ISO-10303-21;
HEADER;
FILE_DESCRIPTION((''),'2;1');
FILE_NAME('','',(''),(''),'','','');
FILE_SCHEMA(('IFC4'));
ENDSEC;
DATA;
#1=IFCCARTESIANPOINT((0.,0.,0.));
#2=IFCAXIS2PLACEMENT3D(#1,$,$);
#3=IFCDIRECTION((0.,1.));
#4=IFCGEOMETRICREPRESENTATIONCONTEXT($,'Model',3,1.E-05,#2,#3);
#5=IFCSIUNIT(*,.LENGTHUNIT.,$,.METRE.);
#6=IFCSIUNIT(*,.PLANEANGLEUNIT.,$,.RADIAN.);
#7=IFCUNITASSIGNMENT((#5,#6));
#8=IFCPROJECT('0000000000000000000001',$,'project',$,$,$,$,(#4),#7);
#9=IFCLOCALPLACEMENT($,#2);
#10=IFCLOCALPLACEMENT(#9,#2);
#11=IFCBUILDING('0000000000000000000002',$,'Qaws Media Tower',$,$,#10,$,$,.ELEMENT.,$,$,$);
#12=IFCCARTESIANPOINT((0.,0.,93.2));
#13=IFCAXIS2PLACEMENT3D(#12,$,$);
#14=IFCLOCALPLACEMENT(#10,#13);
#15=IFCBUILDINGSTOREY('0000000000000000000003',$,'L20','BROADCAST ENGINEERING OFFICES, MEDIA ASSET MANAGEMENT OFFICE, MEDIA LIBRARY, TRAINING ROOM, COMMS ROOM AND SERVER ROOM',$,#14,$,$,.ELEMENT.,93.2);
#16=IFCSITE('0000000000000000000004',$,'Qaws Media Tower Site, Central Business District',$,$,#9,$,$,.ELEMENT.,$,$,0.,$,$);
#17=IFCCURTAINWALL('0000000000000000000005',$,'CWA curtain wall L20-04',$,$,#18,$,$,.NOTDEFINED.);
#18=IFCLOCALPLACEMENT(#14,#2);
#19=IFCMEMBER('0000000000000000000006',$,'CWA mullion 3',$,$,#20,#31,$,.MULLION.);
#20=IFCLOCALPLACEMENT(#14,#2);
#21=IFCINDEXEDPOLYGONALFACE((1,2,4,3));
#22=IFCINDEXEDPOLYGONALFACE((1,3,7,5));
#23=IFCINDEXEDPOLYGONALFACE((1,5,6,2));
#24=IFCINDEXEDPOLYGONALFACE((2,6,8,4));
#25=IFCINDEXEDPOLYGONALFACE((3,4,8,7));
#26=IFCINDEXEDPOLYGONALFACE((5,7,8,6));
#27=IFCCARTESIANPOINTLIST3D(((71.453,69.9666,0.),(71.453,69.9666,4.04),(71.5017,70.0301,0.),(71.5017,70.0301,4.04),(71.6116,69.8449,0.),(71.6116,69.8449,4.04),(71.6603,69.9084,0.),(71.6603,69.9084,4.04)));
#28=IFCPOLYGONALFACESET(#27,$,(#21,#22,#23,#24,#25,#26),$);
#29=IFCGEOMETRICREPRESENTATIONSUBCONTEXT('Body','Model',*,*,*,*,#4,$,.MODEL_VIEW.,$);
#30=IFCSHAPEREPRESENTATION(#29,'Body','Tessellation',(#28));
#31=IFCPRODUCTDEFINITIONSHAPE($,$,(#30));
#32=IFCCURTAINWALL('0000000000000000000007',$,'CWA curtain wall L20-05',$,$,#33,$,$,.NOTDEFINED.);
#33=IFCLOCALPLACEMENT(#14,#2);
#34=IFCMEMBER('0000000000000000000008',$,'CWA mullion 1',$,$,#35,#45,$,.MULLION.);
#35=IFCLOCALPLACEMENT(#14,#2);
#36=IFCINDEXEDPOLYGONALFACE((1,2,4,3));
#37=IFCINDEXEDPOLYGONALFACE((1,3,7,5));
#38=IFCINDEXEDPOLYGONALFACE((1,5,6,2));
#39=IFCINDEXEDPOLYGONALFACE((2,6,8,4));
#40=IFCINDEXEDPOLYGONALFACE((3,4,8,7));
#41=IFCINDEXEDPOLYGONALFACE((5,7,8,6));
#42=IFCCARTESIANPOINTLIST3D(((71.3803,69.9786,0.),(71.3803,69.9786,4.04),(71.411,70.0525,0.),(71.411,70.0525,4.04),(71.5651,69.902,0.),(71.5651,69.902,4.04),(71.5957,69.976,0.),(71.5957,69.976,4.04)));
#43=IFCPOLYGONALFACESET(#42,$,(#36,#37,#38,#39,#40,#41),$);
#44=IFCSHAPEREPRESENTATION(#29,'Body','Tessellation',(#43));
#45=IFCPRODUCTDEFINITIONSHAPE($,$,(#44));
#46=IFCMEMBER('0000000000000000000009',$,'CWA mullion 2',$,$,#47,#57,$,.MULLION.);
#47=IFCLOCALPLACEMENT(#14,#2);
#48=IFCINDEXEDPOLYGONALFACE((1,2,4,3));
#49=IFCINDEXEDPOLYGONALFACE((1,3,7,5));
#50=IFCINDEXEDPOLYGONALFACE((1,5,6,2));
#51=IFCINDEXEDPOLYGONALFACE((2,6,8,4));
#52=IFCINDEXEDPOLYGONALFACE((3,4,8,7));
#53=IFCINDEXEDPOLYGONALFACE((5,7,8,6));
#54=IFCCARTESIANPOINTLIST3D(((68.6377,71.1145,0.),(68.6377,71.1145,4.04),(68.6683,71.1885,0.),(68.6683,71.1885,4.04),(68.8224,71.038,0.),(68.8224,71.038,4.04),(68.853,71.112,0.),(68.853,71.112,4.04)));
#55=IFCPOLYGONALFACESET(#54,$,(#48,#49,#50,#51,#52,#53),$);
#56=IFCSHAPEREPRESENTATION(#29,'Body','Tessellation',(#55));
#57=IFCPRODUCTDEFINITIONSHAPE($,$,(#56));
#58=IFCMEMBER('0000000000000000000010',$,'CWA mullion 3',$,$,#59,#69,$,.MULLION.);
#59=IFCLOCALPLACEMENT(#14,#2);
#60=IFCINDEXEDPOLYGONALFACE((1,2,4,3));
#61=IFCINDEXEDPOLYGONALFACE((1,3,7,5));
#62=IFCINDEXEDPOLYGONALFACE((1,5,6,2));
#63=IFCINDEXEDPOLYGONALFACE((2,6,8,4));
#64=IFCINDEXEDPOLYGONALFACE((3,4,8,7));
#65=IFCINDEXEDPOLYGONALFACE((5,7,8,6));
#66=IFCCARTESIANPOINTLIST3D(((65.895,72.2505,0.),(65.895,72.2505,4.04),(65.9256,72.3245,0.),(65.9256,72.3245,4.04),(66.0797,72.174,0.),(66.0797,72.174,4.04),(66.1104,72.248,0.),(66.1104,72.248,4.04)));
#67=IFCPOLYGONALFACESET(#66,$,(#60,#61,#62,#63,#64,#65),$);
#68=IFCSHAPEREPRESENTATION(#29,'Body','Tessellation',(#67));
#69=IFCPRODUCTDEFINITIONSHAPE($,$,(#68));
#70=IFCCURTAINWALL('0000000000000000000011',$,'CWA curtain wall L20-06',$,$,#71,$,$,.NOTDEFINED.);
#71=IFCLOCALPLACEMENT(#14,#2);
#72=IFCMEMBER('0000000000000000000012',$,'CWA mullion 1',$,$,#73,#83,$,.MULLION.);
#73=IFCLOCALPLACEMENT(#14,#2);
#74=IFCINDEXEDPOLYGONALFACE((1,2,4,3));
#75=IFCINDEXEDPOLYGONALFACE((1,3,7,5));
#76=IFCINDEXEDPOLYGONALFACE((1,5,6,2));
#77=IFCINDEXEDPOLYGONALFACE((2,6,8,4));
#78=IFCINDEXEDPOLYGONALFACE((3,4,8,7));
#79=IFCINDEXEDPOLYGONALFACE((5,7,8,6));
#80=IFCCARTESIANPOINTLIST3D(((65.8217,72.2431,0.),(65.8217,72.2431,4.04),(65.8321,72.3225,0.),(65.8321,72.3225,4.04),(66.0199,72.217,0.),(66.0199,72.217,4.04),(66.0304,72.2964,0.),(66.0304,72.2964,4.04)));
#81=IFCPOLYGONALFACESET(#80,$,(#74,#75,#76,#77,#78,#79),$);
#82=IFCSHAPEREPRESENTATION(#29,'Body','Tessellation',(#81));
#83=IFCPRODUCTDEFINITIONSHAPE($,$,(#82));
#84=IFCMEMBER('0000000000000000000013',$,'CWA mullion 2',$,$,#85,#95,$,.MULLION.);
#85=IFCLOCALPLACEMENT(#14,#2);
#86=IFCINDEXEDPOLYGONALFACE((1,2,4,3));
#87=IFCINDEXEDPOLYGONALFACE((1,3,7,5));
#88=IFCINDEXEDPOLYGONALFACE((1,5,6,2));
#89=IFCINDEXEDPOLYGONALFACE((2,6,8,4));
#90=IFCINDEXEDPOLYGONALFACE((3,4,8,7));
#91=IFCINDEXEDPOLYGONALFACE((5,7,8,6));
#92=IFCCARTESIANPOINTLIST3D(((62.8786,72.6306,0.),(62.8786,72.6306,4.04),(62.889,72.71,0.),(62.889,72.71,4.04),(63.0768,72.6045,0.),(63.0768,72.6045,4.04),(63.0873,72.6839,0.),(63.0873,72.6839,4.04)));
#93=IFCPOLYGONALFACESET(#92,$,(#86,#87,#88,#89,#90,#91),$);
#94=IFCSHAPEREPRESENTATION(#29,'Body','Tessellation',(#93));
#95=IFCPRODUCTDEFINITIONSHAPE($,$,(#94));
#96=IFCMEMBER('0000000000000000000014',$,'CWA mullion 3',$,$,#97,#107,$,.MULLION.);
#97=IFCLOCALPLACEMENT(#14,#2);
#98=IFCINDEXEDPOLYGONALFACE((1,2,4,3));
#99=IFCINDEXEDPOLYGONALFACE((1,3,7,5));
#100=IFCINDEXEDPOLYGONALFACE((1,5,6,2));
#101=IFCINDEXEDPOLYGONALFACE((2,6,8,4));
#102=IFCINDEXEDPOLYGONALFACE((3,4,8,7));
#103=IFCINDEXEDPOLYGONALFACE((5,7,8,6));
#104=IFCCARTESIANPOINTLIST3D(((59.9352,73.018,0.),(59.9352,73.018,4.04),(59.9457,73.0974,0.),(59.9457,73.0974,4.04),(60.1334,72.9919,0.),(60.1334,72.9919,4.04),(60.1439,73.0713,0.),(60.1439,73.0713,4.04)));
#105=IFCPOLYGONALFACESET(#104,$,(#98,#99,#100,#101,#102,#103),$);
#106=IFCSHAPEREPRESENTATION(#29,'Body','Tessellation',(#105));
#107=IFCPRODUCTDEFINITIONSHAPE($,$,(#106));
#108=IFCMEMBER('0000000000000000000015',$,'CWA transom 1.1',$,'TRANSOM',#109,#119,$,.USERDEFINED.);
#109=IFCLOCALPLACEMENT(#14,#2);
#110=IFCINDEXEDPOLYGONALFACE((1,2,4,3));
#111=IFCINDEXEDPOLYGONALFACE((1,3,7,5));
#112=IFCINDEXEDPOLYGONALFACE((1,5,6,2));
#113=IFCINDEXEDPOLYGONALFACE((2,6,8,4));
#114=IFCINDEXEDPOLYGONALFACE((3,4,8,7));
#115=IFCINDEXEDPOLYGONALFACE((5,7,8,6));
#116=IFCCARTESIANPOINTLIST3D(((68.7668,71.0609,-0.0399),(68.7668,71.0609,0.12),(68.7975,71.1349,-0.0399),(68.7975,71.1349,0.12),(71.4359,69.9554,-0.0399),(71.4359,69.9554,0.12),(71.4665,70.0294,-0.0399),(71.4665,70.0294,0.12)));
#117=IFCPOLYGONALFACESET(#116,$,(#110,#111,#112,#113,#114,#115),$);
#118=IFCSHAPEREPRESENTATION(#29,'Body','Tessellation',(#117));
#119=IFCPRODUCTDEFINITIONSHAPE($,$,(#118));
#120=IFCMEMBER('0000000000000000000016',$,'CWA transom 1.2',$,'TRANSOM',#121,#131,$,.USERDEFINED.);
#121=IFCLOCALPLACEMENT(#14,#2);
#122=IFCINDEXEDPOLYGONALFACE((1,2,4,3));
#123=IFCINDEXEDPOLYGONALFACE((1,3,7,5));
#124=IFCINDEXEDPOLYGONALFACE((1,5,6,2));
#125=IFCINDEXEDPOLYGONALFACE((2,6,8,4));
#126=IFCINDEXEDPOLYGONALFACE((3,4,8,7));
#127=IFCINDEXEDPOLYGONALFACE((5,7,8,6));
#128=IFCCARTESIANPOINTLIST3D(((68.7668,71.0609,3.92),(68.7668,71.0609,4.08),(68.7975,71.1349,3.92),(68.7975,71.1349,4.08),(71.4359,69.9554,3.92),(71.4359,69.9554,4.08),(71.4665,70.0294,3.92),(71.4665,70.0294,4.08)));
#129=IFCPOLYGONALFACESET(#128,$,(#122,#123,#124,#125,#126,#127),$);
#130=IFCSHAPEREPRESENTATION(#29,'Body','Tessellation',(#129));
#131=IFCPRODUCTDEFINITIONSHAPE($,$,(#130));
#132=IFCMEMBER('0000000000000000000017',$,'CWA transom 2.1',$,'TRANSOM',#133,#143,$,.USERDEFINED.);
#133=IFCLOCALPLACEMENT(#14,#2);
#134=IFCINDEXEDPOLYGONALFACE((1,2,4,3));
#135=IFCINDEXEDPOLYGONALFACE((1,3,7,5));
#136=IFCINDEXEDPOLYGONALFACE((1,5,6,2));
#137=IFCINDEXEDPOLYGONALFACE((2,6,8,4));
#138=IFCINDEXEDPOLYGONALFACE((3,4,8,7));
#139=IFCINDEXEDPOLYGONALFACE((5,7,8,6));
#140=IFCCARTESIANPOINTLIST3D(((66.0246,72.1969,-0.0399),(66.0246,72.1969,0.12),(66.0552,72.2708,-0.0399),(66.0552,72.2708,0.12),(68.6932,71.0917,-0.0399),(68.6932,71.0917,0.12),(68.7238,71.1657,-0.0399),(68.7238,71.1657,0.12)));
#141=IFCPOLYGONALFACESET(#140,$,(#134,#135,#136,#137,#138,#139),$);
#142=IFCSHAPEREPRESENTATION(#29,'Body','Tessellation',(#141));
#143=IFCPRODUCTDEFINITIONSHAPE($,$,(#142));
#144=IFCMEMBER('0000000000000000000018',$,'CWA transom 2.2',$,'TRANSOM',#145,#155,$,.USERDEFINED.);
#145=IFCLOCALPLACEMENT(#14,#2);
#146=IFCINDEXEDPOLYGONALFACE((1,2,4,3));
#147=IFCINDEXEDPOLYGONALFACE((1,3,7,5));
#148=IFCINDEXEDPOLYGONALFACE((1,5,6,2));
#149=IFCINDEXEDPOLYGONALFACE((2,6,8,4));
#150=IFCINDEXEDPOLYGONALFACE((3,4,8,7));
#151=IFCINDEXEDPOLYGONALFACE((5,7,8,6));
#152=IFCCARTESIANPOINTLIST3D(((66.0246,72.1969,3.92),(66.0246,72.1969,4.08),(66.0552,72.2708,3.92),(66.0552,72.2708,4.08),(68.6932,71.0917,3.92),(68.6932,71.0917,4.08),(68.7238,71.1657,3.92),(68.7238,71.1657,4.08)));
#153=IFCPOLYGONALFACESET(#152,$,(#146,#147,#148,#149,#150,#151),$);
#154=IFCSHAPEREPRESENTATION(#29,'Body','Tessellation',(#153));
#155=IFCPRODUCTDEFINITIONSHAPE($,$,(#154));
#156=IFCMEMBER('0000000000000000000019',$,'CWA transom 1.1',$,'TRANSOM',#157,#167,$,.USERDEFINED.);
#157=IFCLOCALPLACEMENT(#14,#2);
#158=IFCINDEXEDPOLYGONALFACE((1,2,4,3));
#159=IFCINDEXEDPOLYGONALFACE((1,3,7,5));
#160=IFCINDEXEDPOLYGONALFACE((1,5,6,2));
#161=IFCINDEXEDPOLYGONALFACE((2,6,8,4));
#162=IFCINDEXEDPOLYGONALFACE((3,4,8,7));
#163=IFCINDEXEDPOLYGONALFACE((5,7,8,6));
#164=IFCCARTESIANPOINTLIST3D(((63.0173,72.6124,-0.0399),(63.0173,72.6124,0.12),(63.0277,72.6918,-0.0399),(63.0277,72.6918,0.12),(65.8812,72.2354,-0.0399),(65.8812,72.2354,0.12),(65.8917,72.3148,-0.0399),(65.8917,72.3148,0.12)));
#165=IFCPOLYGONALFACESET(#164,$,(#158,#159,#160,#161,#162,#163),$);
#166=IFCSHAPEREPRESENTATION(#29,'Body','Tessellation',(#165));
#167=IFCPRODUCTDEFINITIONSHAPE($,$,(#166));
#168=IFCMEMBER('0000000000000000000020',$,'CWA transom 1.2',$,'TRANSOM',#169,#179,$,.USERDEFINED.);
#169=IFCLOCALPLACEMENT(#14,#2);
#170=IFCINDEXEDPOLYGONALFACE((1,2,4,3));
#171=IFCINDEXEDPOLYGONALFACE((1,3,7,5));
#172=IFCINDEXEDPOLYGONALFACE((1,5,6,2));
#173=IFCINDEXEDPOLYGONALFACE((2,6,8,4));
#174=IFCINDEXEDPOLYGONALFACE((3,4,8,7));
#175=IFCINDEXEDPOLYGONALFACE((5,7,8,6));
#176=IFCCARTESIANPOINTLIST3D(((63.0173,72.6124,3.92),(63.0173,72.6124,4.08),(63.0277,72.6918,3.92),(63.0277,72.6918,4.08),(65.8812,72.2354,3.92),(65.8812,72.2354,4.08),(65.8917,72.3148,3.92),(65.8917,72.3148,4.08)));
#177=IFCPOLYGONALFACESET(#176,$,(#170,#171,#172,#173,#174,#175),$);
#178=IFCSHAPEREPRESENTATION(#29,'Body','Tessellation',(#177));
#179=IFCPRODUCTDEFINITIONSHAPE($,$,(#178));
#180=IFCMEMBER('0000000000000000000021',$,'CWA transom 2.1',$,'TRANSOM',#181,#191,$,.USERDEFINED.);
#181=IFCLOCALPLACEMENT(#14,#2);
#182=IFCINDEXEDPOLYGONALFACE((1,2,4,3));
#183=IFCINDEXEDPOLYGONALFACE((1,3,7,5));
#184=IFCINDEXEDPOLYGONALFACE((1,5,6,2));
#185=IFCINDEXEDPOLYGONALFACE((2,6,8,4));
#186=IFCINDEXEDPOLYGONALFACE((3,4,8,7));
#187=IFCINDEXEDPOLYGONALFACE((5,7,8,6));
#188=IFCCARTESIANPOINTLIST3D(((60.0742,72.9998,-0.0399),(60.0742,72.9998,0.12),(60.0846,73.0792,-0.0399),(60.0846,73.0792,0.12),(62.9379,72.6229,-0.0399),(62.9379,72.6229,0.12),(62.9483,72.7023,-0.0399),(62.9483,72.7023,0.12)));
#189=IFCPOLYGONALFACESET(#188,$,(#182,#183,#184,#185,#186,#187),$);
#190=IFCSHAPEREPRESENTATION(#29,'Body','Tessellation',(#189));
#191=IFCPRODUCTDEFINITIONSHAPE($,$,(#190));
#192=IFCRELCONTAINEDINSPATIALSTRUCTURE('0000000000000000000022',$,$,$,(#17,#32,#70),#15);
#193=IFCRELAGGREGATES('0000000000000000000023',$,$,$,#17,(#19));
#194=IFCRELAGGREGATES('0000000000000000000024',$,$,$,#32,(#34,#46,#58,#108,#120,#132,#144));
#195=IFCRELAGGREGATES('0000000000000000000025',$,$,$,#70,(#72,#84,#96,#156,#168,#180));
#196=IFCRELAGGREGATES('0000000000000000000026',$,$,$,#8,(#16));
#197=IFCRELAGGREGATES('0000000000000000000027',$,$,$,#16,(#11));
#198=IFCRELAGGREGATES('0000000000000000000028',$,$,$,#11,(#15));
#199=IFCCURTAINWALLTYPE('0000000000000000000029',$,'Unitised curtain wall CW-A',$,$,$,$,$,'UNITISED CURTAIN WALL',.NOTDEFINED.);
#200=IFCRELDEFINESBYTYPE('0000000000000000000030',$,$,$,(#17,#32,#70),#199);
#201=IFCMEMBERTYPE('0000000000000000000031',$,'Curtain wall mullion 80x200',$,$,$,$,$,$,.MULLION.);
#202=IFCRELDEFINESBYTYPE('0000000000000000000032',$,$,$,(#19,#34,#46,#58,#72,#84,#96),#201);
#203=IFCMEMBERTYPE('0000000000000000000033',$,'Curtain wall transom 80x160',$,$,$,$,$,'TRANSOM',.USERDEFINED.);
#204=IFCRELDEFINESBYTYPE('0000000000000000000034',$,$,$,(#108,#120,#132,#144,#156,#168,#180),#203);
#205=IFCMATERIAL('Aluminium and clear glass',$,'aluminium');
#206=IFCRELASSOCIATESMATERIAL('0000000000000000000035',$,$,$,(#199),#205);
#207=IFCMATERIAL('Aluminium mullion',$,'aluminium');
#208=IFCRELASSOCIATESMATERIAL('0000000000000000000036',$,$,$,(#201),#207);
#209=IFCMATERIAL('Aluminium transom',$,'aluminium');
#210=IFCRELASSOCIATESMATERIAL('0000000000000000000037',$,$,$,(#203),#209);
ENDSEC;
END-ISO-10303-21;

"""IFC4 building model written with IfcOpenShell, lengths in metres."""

from ifc_helpers import new_model, si_unit, direction, frame, origin, origin_2d, place, context, subcontext, project, spatial, rectangle, extrude, material, material_profile, profile_set, type_object, element, aggregate, save


model = new_model("IFC4")

# Units and contexts
model_context = context("Model", 3, precision=1e-05, world=origin(), true_north=direction((0.0, 1.0)))
body_context = subcontext(model_context, "Body", "Model", "MODEL_VIEW")
ifc_project = project(units=[si_unit("LENGTHUNIT", "METRE"), si_unit("PLANEANGLEUNIT", "RADIAN")], contexts=[model_context])

# Site, building, storey
site_placement = place(None, origin())
site = spatial("IfcSite", under=ifc_project, at=site_placement, Name="Qaws Media Tower Site, Central Business District", CompositionType="ELEMENT", RefElevation=0.0)
building_placement = place(site_placement, origin())
building = spatial("IfcBuilding", under=site, at=building_placement, Name="Qaws Media Tower", CompositionType="ELEMENT")
storey_placement = place(building_placement, frame((0.0, 0.0, 93.2)))
storey = spatial("IfcBuildingStorey", under=building, at=storey_placement, Name="L20", Description="BROADCAST ENGINEERING OFFICES, MEDIA ASSET MANAGEMENT OFFICE, MEDIA LIBRARY, TRAINING ROOM, COMMS ROOM AND SERVER ROOM", CompositionType="ELEMENT", Elevation=93.2)

# Curtain wall, member
ifc_material_1 = material(Name="Aluminium and clear glass", Category="aluminium")
curtain_wall_type = type_object("IfcCurtainWallType", Name="Unitised curtain wall CW-A", ElementType="UNITISED CURTAIN WALL", PredefinedType="NOTDEFINED", material=ifc_material_1)
curtain_wall_1_placement = place(storey_placement, origin())
curtain_wall_1 = element("IfcCurtainWall", 1, at=curtain_wall_1_placement, inside=storey, type_object=curtain_wall_type, Name="CWA curtain wall L20-04", PredefinedType="NOTDEFINED")
ifc_material_2 = material(Name="Aluminium mullion", Category="aluminium")
ifc_material_profile_1 = material_profile(ifc_material_2, rectangle(XDim=0.0801, YDim=0.2, at=origin_2d()), Name="80x200")
ifc_profile_set_1 = profile_set([ifc_material_profile_1], Name="Aluminium mullion")
member_type_1 = type_object("IfcMemberType", Name="Curtain wall mullion 80x200", PredefinedType="MULLION", material=ifc_profile_set_1)
member_1_placement = place(storey_placement, frame((71.5566, 69.9375, 0.0), z_axis=(0.0, 0.0, 1.0), x_axis=(-0.608762, -0.793353, 0.0)))
member_1 = element("IfcMember", 2, at=member_1_placement, type_object=member_type_1, Name="CWA mullion 3", PredefinedType="MULLION", context=body_context, shape_type="SweptSolid", body=[
    extrude(rectangle(XDim=0.0801, YDim=0.2, at=origin_2d()), origin(), (0.0, 0.0, 1.0), 4.04),
])
aggregate(curtain_wall_1, [member_1])

# Curtain walls, members
curtain_wall_2_placement = place(storey_placement, origin())
curtain_wall_2 = element("IfcCurtainWall", 3, at=curtain_wall_2_placement, inside=storey, type_object=curtain_wall_type, Name="CWA curtain wall L20-05", PredefinedType="NOTDEFINED")
member_2_placement = place(storey_placement, frame((71.488, 69.9773, 0.0), z_axis=(0.0, 0.0, 1.0), x_axis=(-0.382683, -0.92388, 0.0)))
member_2 = element("IfcMember", 4, at=member_2_placement, type_object=member_type_1, Name="CWA mullion 1", PredefinedType="MULLION", context=body_context, shape_type="SweptSolid", body=[
    extrude(rectangle(XDim=0.0801, YDim=0.2, at=origin_2d()), origin(), (0.0, 0.0, 1.0), 4.04),
])
member_3_placement = place(storey_placement, frame((68.7454, 71.1133, 0.0), z_axis=(0.0, 0.0, 1.0), x_axis=(-0.382683, -0.92388, 0.0)))
member_3 = element("IfcMember", 5, at=member_3_placement, type_object=member_type_1, Name="CWA mullion 2", PredefinedType="MULLION", context=body_context, shape_type="SweptSolid", body=[
    extrude(rectangle(XDim=0.0801, YDim=0.2, at=origin_2d()), origin(), (0.0, 0.0, 1.0), 4.04),
])
member_4_placement = place(storey_placement, frame((66.0027, 72.2493, 0.0), z_axis=(0.0, 0.0, 1.0), x_axis=(-0.382683, -0.92388, 0.0)))
member_4 = element("IfcMember", 6, at=member_4_placement, type_object=member_type_1, Name="CWA mullion 3", PredefinedType="MULLION", context=body_context, shape_type="SweptSolid", body=[
    extrude(rectangle(XDim=0.0801, YDim=0.2, at=origin_2d()), origin(), (0.0, 0.0, 1.0), 4.04),
])
curtain_wall_3_placement = place(storey_placement, origin())
curtain_wall_3 = element("IfcCurtainWall", 7, at=curtain_wall_3_placement, inside=storey, type_object=curtain_wall_type, Name="CWA curtain wall L20-06", PredefinedType="NOTDEFINED")
member_5_placement = place(storey_placement, frame((65.926, 72.2698, 0.0), z_axis=(0.0, 0.0, 1.0), x_axis=(-0.130526, -0.991445, 0.0)))
member_5 = element("IfcMember", 8, at=member_5_placement, type_object=member_type_1, Name="CWA mullion 1", PredefinedType="MULLION", context=body_context, shape_type="SweptSolid", body=[
    extrude(rectangle(XDim=0.0801, YDim=0.2, at=origin_2d()), origin(), (0.0, 0.0, 1.0), 4.04),
])
member_6_placement = place(storey_placement, frame((62.9829, 72.6572, 0.0), z_axis=(0.0, 0.0, 1.0), x_axis=(-0.130526, -0.991445, 0.0)))
member_6 = element("IfcMember", 9, at=member_6_placement, type_object=member_type_1, Name="CWA mullion 2", PredefinedType="MULLION", context=body_context, shape_type="SweptSolid", body=[
    extrude(rectangle(XDim=0.0801, YDim=0.2, at=origin_2d()), origin(), (0.0, 0.0, 1.0), 4.04),
])
member_7_placement = place(storey_placement, frame((60.0396, 73.0447, 0.0), z_axis=(0.0, 0.0, 1.0), x_axis=(-0.130526, -0.991445, 0.0)))
member_7 = element("IfcMember", 10, at=member_7_placement, type_object=member_type_1, Name="CWA mullion 3", PredefinedType="MULLION", context=body_context, shape_type="SweptSolid", body=[
    extrude(rectangle(XDim=0.0801, YDim=0.2, at=origin_2d()), origin(), (0.0, 0.0, 1.0), 4.04),
])

# Members
ifc_material_3 = material(Name="Aluminium transom", Category="aluminium")
ifc_material_profile_2 = material_profile(ifc_material_3, rectangle(XDim=0.0801, YDim=0.1599, at=origin_2d()), Name="80x160")
ifc_profile_set_2 = profile_set([ifc_material_profile_2], Name="Aluminium transom")
member_type_2 = type_object("IfcMemberType", Name="Curtain wall transom 80x160", ElementType="TRANSOM", PredefinedType="USERDEFINED", material=ifc_profile_set_2)
member_8_placement = place(storey_placement, frame((71.4512, 69.9924, 0.04), z_axis=(-0.923885, 0.38267, 0.0), x_axis=(-0.38267, -0.923885, 0.0)))
member_8 = element("IfcMember", 11, at=member_8_placement, type_object=member_type_2, Name="CWA transom 1.1", ObjectType="TRANSOM", PredefinedType="USERDEFINED", context=body_context, shape_type="SweptSolid", body=[
    extrude(rectangle(XDim=0.0801, YDim=0.1599, at=origin_2d()), origin(), (0.0, 0.0, 1.0), 2.8889),
])
member_9_placement = place(storey_placement, frame((71.4512, 69.9924, 4.0), z_axis=(-0.923885, 0.38267, 0.0), x_axis=(-0.38267, -0.923885, 0.0)))
member_9 = element("IfcMember", 12, at=member_9_placement, type_object=member_type_2, Name="CWA transom 1.2", ObjectType="TRANSOM", PredefinedType="USERDEFINED", context=body_context, shape_type="SweptSolid", body=[
    extrude(rectangle(XDim=0.0801, YDim=0.1599, at=origin_2d()), origin(), (0.0, 0.0, 1.0), 2.8889),
])
member_10_placement = place(storey_placement, frame((68.7085, 71.1287, 0.04), z_axis=(-0.923902, 0.382628, 0.0), x_axis=(-0.382628, -0.923902, 0.0)))
member_10 = element("IfcMember", 13, at=member_10_placement, type_object=member_type_2, Name="CWA transom 2.1", ObjectType="TRANSOM", PredefinedType="USERDEFINED", context=body_context, shape_type="SweptSolid", body=[
    extrude(rectangle(XDim=0.0801, YDim=0.1599, at=origin_2d()), origin(), (0.0, 0.0, 1.0), 2.8884),
])
member_11_placement = place(storey_placement, frame((68.7085, 71.1287, 4.0), z_axis=(-0.923902, 0.382628, 0.0), x_axis=(-0.382628, -0.923902, 0.0)))
member_11 = element("IfcMember", 14, at=member_11_placement, type_object=member_type_2, Name="CWA transom 2.2", ObjectType="TRANSOM", PredefinedType="USERDEFINED", context=body_context, shape_type="SweptSolid", body=[
    extrude(rectangle(XDim=0.0801, YDim=0.1599, at=origin_2d()), origin(), (0.0, 0.0, 1.0), 2.8884),
])
member_12_placement = place(storey_placement, frame((65.8865, 72.2751, 0.04), z_axis=(-0.991449, 0.130492, 0.0), x_axis=(-0.130492, -0.991449, 0.0)))
member_12 = element("IfcMember", 15, at=member_12_placement, type_object=member_type_2, Name="CWA transom 1.1", ObjectType="TRANSOM", PredefinedType="USERDEFINED", context=body_context, shape_type="SweptSolid", body=[
    extrude(rectangle(XDim=0.0801, YDim=0.1599, at=origin_2d()), origin(), (0.0, 0.0, 1.0), 2.8887),
])
member_13_placement = place(storey_placement, frame((65.8865, 72.2751, 4.0), z_axis=(-0.991449, 0.130492, 0.0), x_axis=(-0.130492, -0.991449, 0.0)))
member_13 = element("IfcMember", 16, at=member_13_placement, type_object=member_type_2, Name="CWA transom 1.2", ObjectType="TRANSOM", PredefinedType="USERDEFINED", context=body_context, shape_type="SweptSolid", body=[
    extrude(rectangle(XDim=0.0801, YDim=0.1599, at=origin_2d()), origin(), (0.0, 0.0, 1.0), 2.8887),
])
member_14_placement = place(storey_placement, frame((62.9431, 72.6626, 0.04), z_axis=(-0.991448, 0.130503, 0.0), x_axis=(-0.130503, -0.991448, 0.0)))
member_14 = element("IfcMember", 17, at=member_14_placement, type_object=member_type_2, Name="CWA transom 2.1", ObjectType="TRANSOM", PredefinedType="USERDEFINED", context=body_context, shape_type="SweptSolid", body=[
    extrude(rectangle(XDim=0.0801, YDim=0.1599, at=origin_2d()), origin(), (0.0, 0.0, 1.0), 2.8884),
])

aggregate(curtain_wall_2, [member_2, member_3, member_4, member_8, member_9, member_10, member_11])
aggregate(curtain_wall_3, [member_5, member_6, member_7, member_12, member_13, member_14])

save(model, "model.ifc")
